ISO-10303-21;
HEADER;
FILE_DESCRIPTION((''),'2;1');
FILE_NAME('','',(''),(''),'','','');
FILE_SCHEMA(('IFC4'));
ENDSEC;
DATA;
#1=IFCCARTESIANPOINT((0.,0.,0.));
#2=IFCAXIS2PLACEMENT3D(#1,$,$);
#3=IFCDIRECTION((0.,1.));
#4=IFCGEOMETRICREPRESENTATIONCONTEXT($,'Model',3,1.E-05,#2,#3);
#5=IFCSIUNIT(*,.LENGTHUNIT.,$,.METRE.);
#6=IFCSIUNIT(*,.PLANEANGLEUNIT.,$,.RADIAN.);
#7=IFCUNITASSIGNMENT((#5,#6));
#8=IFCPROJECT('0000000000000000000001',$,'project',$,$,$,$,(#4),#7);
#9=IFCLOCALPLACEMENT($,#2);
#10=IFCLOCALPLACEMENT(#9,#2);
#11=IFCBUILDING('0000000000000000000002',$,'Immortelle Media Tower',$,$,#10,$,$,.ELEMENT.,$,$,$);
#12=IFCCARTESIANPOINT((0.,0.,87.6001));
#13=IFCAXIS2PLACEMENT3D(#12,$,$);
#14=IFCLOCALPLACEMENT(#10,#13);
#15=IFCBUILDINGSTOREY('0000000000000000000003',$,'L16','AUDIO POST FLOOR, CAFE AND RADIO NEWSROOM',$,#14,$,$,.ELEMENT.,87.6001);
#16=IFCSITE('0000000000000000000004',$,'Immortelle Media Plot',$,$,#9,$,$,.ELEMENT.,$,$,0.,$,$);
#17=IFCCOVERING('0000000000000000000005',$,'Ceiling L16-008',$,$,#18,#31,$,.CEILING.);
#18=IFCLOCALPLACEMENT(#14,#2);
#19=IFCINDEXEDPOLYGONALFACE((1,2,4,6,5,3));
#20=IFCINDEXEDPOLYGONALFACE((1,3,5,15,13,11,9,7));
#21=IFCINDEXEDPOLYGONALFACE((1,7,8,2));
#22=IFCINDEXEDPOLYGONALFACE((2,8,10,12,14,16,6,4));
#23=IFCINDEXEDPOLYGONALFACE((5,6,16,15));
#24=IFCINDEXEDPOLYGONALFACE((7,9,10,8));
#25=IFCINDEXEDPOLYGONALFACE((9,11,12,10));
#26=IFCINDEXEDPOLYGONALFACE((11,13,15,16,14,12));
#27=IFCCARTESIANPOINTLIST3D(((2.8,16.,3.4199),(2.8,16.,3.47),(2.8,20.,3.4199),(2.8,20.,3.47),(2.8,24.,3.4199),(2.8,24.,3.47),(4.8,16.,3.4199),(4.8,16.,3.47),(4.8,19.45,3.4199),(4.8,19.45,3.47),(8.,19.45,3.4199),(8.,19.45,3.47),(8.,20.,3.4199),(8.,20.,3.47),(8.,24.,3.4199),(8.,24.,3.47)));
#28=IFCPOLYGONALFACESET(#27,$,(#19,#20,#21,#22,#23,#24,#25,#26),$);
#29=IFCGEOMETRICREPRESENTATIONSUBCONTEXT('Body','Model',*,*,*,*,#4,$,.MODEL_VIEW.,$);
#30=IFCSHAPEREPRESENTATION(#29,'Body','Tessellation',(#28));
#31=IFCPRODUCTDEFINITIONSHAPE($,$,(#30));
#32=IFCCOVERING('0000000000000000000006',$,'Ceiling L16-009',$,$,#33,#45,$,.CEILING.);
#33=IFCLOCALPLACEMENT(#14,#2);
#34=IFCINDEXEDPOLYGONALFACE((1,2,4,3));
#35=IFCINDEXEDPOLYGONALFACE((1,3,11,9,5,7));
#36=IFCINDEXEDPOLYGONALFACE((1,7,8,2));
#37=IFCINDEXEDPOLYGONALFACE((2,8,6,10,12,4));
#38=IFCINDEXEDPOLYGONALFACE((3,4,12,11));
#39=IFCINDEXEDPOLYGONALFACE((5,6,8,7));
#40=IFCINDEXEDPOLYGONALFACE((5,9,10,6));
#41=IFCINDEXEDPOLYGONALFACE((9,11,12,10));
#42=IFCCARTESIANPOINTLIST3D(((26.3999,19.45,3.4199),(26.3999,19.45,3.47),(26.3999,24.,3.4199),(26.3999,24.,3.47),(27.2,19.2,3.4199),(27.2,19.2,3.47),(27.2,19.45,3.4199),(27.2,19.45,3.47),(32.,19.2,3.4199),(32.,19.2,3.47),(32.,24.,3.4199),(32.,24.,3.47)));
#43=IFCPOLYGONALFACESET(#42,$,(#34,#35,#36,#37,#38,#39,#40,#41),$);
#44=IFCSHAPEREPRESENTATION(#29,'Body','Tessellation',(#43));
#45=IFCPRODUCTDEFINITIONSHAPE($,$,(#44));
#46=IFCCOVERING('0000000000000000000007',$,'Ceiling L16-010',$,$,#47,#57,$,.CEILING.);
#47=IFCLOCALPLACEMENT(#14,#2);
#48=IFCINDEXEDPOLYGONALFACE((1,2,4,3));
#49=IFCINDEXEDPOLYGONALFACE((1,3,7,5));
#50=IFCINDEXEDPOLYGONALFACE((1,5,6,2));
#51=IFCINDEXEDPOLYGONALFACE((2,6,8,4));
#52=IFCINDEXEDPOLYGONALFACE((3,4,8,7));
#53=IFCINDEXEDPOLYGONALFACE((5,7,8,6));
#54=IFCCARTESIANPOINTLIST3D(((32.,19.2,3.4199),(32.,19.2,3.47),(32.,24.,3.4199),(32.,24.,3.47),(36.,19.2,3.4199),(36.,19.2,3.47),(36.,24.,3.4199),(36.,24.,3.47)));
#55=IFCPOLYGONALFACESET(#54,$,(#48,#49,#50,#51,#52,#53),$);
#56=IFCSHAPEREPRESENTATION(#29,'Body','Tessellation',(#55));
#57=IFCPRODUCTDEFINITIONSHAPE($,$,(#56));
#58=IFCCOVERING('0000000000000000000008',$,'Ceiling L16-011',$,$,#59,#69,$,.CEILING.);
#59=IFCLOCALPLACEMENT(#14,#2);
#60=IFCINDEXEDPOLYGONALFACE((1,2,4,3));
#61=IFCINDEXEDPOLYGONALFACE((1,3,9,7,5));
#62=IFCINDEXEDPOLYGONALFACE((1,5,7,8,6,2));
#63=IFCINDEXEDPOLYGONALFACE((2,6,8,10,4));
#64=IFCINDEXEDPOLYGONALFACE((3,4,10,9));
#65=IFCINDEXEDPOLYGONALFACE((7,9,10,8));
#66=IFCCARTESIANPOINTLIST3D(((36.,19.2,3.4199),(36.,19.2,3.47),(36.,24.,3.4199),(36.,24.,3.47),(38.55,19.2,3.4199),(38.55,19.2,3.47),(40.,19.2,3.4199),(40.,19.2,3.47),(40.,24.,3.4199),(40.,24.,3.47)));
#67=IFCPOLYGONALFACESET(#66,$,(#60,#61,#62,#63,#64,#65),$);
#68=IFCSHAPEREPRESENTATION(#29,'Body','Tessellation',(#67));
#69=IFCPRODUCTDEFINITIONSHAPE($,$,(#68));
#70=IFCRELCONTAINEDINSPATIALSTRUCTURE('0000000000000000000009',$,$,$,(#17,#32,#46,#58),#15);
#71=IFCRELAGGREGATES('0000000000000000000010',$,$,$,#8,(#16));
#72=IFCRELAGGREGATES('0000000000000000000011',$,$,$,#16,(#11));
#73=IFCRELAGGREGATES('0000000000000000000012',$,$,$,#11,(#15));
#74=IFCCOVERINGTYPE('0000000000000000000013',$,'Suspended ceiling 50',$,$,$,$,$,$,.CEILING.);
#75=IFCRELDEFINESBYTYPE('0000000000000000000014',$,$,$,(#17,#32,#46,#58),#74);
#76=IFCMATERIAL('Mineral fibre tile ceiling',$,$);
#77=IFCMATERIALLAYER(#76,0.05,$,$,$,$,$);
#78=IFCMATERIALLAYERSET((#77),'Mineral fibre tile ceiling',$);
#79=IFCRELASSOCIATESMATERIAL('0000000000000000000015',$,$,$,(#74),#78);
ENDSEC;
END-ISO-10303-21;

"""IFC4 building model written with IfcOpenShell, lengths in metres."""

from ifc_helpers import new_model, si_unit, direction, frame, origin, place, context, subcontext, project, spatial, polyline, outline, extrude, material, layer, layer_set, type_object, element, save


model = new_model("IFC4")

# Units and contexts
model_context = context("Model", 3, precision=1e-05, world=origin(), true_north=direction((0.0, 1.0)))
body_context = subcontext(model_context, "Body", "Model", "MODEL_VIEW")
ifc_project = project(units=[si_unit("LENGTHUNIT", "METRE"), si_unit("PLANEANGLEUNIT", "RADIAN")], contexts=[model_context])

# Site, building, storey
site_placement = place(None, origin())
site = spatial("IfcSite", under=ifc_project, at=site_placement, Name="Immortelle Media Plot", CompositionType="ELEMENT", RefElevation=0.0)
building_placement = place(site_placement, origin())
building = spatial("IfcBuilding", under=site, at=building_placement, Name="Immortelle Media Tower", CompositionType="ELEMENT")
storey_placement = place(building_placement, frame((0.0, 0.0, 87.6001)))
storey = spatial("IfcBuildingStorey", under=building, at=storey_placement, Name="L16", Description="AUDIO POST FLOOR, CAFE AND RADIO NEWSROOM", CompositionType="ELEMENT", Elevation=87.6001)

# Coverings
ifc_material_1 = material(Name="Mineral fibre tile ceiling")
ifc_layer_1 = layer(ifc_material_1, 0.05)
ifc_layer_set_1 = layer_set([ifc_layer_1], Name="Mineral fibre tile ceiling")
covering_type = type_object("IfcCoveringType", Name="Suspended ceiling 50", PredefinedType="CEILING", material=ifc_layer_set_1)
covering_1_placement = place(storey_placement, frame((0.0, 0.0, 3.4199)))
element("IfcCovering", 1, at=covering_1_placement, inside=storey, type_object=covering_type, Name="Ceiling L16-008", PredefinedType="CEILING", context=body_context, shape_type="SweptSolid", body=[
    extrude(outline(polyline([(2.8, 16.0), (2.8, 20.0), (2.8, 24.0), (8.0, 24.0), (8.0, 20.0), (8.0, 19.45), (4.8, 19.45), (4.8, 16.0), (2.8, 16.0)])), origin(), (0.0, 0.0, 1.0), 0.05),
])
covering_2_placement = place(storey_placement, frame((0.0, 0.0, 3.4199)))
element("IfcCovering", 2, at=covering_2_placement, inside=storey, type_object=covering_type, Name="Ceiling L16-009", PredefinedType="CEILING", context=body_context, shape_type="SweptSolid", body=[
    extrude(outline(polyline([(32.0, 19.2), (27.2, 19.2), (27.2, 19.45), (26.3999, 19.45), (26.3999, 24.0), (32.0, 24.0), (32.0, 19.2)])), origin(), (0.0, 0.0, 1.0), 0.05),
])
covering_3_placement = place(storey_placement, frame((0.0, 0.0, 3.4199)))
element("IfcCovering", 3, at=covering_3_placement, inside=storey, type_object=covering_type, Name="Ceiling L16-010", PredefinedType="CEILING", context=body_context, shape_type="SweptSolid", body=[
    extrude(outline(polyline([(32.0, 19.2), (32.0, 24.0), (36.0, 24.0), (36.0, 19.2), (32.0, 19.2)])), origin(), (0.0, 0.0, 1.0), 0.05),
])
covering_4_placement = place(storey_placement, frame((0.0, 0.0, 3.4199)))
element("IfcCovering", 4, at=covering_4_placement, inside=storey, type_object=covering_type, Name="Ceiling L16-011", PredefinedType="CEILING", context=body_context, shape_type="SweptSolid", body=[
    extrude(outline(polyline([(36.0, 19.2), (36.0, 24.0), (40.0, 24.0), (40.0, 19.2), (38.55, 19.2), (36.0, 19.2)])), origin(), (0.0, 0.0, 1.0), 0.05),
])

save(model, "model.ifc")
